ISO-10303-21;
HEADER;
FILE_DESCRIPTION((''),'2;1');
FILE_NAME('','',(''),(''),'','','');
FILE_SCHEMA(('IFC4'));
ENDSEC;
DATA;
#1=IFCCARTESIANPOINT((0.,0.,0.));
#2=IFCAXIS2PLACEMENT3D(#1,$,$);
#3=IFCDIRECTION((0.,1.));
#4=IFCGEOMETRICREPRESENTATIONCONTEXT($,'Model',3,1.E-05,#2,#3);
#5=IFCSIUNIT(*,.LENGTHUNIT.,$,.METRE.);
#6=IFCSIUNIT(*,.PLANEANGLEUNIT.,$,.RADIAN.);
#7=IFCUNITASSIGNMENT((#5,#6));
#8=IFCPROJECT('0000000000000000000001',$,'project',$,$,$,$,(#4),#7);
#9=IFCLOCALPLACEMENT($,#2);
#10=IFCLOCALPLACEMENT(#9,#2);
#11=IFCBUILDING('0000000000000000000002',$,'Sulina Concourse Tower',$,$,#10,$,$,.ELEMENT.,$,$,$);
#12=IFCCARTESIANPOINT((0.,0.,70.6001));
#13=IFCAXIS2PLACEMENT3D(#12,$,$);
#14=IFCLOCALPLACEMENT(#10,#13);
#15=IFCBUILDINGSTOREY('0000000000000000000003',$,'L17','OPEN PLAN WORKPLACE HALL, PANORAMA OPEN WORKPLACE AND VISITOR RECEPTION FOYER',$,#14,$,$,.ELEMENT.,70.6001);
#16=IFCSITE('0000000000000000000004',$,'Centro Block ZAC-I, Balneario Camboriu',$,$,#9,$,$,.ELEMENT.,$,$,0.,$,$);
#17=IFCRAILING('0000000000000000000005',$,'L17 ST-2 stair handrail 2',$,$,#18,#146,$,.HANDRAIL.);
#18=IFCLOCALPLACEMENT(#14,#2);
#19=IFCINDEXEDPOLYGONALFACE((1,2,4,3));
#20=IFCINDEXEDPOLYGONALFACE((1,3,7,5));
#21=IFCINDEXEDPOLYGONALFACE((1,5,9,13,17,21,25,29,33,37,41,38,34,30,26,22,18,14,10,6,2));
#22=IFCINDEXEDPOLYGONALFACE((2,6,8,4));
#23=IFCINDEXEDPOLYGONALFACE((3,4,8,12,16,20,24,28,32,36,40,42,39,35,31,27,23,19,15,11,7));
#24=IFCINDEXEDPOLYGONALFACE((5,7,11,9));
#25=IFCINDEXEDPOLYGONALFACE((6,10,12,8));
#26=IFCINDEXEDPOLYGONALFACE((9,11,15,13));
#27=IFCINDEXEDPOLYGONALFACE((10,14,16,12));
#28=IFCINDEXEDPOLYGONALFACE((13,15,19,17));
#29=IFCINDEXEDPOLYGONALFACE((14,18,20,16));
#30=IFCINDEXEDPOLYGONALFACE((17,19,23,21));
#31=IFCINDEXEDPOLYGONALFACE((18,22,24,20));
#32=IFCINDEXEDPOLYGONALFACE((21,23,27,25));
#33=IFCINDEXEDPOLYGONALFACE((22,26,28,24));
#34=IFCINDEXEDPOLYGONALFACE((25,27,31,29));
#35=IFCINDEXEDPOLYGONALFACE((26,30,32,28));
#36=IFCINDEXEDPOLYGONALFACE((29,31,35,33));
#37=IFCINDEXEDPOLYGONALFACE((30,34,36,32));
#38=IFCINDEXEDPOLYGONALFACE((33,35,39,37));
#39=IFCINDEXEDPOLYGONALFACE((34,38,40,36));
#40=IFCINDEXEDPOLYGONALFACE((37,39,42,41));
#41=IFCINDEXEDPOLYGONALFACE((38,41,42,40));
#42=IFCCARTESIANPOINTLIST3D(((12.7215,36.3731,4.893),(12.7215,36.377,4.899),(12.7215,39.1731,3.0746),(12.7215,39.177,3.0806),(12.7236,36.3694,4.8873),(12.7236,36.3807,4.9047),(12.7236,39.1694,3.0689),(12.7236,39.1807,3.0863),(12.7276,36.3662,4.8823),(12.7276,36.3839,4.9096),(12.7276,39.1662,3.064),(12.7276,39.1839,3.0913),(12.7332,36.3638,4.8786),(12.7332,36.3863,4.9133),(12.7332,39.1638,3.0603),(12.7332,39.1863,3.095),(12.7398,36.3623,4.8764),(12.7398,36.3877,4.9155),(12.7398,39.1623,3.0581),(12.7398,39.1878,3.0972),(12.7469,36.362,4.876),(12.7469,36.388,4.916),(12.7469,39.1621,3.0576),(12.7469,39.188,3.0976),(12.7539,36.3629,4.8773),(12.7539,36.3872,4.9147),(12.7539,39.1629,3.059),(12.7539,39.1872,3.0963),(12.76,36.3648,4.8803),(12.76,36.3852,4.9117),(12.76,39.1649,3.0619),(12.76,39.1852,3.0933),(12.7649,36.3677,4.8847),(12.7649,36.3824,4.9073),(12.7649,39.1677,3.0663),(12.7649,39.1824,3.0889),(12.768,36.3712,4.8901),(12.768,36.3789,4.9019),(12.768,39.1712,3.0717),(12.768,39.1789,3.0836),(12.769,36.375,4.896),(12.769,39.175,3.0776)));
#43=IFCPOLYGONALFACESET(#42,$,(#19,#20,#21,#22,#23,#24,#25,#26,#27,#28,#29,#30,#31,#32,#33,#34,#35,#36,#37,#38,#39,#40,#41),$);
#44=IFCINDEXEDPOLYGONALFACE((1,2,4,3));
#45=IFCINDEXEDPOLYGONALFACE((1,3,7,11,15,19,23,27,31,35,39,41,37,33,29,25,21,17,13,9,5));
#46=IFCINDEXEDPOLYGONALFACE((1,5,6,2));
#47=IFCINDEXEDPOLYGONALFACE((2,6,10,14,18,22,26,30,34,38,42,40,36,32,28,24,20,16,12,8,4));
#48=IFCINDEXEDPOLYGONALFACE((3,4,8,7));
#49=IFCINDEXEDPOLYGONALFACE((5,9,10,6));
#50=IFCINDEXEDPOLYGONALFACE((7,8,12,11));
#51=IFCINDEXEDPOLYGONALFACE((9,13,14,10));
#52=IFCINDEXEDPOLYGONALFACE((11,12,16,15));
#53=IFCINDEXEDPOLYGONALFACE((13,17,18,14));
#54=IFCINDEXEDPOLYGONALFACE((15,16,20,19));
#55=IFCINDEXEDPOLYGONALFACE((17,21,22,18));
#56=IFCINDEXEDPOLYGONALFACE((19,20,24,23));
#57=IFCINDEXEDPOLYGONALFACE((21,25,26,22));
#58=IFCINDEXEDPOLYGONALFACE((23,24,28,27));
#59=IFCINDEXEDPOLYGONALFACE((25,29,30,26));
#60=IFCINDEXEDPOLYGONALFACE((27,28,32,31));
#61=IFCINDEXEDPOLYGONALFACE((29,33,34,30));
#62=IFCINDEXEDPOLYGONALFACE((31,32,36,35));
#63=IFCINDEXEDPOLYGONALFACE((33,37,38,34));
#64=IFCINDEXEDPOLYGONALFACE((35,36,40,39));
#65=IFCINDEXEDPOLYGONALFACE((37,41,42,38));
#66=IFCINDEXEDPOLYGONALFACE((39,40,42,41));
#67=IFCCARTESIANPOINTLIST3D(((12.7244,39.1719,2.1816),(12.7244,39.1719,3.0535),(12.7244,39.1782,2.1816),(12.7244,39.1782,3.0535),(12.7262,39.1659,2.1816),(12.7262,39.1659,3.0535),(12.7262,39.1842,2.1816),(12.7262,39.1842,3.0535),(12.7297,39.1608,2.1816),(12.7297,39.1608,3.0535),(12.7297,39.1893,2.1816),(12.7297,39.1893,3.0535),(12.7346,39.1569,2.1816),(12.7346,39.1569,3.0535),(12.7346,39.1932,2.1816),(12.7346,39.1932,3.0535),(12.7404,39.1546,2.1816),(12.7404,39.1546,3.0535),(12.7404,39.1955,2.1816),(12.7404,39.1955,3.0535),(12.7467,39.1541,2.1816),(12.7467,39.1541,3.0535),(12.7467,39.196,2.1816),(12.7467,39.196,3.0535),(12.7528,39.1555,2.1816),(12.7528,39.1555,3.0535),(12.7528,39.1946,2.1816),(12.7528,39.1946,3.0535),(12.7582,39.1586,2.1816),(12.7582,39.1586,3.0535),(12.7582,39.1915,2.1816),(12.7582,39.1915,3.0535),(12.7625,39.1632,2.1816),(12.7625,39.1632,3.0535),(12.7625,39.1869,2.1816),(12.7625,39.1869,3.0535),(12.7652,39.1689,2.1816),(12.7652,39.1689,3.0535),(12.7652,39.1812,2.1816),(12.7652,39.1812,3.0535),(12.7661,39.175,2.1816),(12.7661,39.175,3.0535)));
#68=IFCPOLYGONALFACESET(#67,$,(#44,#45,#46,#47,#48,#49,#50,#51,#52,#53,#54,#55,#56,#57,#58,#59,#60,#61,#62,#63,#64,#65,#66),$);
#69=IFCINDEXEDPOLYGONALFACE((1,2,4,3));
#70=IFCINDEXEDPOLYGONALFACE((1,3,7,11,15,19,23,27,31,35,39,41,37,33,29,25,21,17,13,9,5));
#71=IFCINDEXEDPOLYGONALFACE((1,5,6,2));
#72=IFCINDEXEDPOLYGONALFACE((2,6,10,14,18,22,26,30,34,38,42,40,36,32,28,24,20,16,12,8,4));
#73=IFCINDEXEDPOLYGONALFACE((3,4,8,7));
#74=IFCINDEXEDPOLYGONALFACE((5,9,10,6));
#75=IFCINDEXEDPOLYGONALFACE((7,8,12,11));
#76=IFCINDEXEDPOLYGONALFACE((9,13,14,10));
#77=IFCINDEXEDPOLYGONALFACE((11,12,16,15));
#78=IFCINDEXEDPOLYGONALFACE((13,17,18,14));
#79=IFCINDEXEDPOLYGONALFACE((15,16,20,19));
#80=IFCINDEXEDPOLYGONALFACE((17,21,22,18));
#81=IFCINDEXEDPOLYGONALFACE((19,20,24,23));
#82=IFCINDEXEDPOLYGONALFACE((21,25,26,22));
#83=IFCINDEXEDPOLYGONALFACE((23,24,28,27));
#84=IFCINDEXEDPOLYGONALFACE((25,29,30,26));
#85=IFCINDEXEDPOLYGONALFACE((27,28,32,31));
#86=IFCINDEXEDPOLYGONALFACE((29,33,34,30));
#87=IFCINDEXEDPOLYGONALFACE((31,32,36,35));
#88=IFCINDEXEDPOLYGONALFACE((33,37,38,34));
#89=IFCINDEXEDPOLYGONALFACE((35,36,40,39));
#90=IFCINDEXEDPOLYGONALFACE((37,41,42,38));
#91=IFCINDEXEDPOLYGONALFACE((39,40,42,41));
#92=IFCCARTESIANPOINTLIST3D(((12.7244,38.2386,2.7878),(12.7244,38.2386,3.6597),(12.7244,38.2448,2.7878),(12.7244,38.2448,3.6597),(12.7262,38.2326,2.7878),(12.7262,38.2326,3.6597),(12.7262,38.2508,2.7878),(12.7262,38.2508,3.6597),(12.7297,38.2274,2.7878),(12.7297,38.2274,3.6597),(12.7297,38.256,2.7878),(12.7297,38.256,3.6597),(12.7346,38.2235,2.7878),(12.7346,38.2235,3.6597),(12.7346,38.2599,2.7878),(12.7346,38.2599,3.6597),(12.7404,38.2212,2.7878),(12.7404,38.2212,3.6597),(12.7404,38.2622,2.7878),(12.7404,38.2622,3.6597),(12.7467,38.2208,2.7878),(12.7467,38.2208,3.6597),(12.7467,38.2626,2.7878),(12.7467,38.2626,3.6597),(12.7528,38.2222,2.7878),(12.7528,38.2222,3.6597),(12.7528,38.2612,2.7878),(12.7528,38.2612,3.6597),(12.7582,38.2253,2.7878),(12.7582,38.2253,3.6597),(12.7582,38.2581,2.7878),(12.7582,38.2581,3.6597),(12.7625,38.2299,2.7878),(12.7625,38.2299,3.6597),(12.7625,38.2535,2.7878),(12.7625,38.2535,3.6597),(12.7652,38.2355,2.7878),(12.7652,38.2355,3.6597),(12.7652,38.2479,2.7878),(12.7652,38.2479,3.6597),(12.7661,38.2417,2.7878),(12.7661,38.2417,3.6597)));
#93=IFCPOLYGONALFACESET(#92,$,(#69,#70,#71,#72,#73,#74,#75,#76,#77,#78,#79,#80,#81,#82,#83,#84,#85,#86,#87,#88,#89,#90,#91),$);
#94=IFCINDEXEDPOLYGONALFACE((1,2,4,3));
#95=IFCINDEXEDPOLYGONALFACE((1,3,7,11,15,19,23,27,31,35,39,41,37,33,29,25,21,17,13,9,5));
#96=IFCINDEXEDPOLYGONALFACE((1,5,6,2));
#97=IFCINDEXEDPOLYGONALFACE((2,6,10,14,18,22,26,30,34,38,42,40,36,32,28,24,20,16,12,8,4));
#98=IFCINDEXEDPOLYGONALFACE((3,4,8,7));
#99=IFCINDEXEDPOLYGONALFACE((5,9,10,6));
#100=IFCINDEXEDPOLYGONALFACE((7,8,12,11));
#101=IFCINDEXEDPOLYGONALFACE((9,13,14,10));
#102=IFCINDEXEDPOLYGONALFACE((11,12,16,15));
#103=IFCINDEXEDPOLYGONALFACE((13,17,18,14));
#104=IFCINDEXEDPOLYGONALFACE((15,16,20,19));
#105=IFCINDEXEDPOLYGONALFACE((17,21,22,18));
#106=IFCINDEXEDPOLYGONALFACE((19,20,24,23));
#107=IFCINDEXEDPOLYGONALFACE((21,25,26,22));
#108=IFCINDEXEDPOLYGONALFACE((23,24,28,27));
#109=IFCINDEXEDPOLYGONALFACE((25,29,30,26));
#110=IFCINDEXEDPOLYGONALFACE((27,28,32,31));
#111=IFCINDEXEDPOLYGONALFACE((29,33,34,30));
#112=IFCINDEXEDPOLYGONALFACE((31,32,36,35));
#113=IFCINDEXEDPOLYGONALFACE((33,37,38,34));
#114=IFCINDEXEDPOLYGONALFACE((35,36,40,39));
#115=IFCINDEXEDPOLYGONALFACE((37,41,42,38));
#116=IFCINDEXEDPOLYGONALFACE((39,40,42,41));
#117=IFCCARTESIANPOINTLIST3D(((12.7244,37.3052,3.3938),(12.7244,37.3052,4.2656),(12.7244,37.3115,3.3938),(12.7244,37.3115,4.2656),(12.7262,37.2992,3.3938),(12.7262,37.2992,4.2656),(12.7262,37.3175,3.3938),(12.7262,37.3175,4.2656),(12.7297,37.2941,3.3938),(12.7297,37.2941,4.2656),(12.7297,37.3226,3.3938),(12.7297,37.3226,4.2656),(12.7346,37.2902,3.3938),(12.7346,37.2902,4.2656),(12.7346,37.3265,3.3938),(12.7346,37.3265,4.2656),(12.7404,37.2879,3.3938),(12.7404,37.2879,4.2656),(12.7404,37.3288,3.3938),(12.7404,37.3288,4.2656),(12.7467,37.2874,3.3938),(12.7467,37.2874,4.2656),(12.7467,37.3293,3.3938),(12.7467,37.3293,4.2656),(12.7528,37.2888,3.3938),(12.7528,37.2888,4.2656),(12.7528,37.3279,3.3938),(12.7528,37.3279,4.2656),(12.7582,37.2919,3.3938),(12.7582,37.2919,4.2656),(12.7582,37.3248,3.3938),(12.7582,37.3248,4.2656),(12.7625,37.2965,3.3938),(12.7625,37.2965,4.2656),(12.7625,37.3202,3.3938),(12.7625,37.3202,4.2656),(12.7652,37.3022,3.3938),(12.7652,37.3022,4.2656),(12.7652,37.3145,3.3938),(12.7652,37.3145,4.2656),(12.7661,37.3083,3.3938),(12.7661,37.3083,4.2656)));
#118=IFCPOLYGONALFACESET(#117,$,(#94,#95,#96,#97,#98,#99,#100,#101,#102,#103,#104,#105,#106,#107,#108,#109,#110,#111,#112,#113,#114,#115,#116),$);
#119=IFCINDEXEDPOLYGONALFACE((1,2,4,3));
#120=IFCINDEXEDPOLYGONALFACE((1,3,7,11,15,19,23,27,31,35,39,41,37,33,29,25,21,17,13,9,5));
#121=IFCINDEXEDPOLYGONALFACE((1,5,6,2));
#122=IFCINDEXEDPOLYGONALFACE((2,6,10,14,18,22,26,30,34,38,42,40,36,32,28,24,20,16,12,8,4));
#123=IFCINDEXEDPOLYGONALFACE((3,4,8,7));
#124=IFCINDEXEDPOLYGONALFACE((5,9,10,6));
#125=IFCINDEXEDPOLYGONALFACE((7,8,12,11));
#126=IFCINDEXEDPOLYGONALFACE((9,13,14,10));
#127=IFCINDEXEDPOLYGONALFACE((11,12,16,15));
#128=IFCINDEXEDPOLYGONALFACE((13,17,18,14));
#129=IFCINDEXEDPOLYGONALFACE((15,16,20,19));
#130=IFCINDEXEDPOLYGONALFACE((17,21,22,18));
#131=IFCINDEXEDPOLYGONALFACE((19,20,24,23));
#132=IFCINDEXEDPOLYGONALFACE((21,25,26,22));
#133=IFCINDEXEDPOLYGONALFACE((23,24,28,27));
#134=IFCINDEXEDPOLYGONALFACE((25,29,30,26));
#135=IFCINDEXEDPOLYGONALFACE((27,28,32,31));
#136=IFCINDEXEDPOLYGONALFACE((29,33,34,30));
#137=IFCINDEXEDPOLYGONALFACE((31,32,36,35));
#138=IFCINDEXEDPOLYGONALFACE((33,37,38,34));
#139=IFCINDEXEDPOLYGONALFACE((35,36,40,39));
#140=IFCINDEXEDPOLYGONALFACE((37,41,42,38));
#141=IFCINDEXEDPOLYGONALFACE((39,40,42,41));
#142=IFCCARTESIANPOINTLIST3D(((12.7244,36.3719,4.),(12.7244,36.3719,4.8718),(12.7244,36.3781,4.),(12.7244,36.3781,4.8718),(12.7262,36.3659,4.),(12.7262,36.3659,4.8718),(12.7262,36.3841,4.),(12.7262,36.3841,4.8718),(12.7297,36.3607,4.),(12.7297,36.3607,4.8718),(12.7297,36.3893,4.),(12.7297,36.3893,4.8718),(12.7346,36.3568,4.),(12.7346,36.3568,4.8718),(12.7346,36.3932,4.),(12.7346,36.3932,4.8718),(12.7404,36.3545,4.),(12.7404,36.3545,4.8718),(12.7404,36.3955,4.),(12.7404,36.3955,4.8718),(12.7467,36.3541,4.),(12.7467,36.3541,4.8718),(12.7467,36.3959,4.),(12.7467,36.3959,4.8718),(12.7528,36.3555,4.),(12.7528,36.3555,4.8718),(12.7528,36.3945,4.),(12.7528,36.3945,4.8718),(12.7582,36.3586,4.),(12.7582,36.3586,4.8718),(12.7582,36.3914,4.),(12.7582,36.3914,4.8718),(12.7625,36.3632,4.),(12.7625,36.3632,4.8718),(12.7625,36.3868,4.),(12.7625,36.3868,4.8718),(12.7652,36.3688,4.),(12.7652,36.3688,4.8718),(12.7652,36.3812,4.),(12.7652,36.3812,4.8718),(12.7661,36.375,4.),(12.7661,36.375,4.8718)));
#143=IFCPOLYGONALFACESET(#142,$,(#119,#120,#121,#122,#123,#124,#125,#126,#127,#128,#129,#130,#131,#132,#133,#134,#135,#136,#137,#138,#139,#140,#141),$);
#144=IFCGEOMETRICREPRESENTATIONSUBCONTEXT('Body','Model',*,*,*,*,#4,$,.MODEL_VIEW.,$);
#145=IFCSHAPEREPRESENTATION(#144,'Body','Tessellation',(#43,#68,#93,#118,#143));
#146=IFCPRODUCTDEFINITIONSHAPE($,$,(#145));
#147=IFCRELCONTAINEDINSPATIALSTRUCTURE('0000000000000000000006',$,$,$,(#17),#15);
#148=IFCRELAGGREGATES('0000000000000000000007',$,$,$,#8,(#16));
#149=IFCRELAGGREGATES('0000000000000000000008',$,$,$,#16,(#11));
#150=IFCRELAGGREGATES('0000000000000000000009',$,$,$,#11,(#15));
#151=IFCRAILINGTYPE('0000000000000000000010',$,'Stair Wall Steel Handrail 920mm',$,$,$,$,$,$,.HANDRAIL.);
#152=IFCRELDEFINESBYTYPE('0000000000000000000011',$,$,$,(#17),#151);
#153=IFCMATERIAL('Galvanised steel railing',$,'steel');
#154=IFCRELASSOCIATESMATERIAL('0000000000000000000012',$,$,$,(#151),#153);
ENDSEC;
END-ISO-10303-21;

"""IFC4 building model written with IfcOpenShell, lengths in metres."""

from ifc_helpers import new_model, si_unit, direction, frame, origin, origin_2d, place, context, subcontext, project, spatial, circle, extrude, material, type_object, element, save


model = new_model("IFC4")

# Units and contexts
model_context = context("Model", 3, precision=1e-05, world=origin(), true_north=direction((0.0, 1.0)))
body_context = subcontext(model_context, "Body", "Model", "MODEL_VIEW")
ifc_project = project(units=[si_unit("LENGTHUNIT", "METRE"), si_unit("PLANEANGLEUNIT", "RADIAN")], contexts=[model_context])

# Site, building, storey
site_placement = place(None, origin())
site = spatial("IfcSite", under=ifc_project, at=site_placement, Name="Centro Block ZAC-I, Balneario Camboriu", CompositionType="ELEMENT", RefElevation=0.0)
building_placement = place(site_placement, origin())
building = spatial("IfcBuilding", under=site, at=building_placement, Name="Sulina Concourse Tower", CompositionType="ELEMENT")
storey_placement = place(building_placement, frame((0.0, 0.0, 70.6001)))
storey = spatial("IfcBuildingStorey", under=building, at=storey_placement, Name="L17", Description="OPEN PLAN WORKPLACE HALL, PANORAMA OPEN WORKPLACE AND VISITOR RECEPTION FOYER", CompositionType="ELEMENT", Elevation=70.6001)

# Railing
ifc_material_1 = material(Name="Galvanised steel railing", Category="steel")
railing_type_1 = type_object("IfcRailingType", Name="Stair Wall Steel Handrail 920mm", PredefinedType="HANDRAIL", material=ifc_material_1)
railing_1_placement = place(storey_placement, frame((12.7451, 39.175, 2.1816)))
element("IfcRailing", 1, at=railing_1_placement, inside=storey, type_object=railing_type_1, Name="L17 ST-2 stair handrail 2", PredefinedType="HANDRAIL", context=body_context, shape_type="SweptSolid", body=[
    extrude(circle(Radius=0.0239, at=origin_2d()), frame((0.0, 0.0, 0.896), z_axis=(0.0, -0.838672, 0.544636), x_axis=(1.0, 0.0, 0.0)), (0.0, 0.0, 1.0), 3.3386),
    extrude(circle(Radius=0.021, at=origin_2d()), origin(), (0.0, 0.0, 1.0), 0.8718),
    extrude(circle(Radius=0.021, at=origin_2d()), frame((0.0, -0.9333, 0.6062)), (0.0, 0.0, 1.0), 0.8718),
    extrude(circle(Radius=0.021, at=origin_2d()), frame((0.0, -1.8667, 1.2122)), (0.0, 0.0, 1.0), 0.8718),
    extrude(circle(Radius=0.021, at=origin_2d()), frame((0.0, -2.8, 1.8184)), (0.0, 0.0, 1.0), 0.8718),
])

save(model, "model.ifc")
